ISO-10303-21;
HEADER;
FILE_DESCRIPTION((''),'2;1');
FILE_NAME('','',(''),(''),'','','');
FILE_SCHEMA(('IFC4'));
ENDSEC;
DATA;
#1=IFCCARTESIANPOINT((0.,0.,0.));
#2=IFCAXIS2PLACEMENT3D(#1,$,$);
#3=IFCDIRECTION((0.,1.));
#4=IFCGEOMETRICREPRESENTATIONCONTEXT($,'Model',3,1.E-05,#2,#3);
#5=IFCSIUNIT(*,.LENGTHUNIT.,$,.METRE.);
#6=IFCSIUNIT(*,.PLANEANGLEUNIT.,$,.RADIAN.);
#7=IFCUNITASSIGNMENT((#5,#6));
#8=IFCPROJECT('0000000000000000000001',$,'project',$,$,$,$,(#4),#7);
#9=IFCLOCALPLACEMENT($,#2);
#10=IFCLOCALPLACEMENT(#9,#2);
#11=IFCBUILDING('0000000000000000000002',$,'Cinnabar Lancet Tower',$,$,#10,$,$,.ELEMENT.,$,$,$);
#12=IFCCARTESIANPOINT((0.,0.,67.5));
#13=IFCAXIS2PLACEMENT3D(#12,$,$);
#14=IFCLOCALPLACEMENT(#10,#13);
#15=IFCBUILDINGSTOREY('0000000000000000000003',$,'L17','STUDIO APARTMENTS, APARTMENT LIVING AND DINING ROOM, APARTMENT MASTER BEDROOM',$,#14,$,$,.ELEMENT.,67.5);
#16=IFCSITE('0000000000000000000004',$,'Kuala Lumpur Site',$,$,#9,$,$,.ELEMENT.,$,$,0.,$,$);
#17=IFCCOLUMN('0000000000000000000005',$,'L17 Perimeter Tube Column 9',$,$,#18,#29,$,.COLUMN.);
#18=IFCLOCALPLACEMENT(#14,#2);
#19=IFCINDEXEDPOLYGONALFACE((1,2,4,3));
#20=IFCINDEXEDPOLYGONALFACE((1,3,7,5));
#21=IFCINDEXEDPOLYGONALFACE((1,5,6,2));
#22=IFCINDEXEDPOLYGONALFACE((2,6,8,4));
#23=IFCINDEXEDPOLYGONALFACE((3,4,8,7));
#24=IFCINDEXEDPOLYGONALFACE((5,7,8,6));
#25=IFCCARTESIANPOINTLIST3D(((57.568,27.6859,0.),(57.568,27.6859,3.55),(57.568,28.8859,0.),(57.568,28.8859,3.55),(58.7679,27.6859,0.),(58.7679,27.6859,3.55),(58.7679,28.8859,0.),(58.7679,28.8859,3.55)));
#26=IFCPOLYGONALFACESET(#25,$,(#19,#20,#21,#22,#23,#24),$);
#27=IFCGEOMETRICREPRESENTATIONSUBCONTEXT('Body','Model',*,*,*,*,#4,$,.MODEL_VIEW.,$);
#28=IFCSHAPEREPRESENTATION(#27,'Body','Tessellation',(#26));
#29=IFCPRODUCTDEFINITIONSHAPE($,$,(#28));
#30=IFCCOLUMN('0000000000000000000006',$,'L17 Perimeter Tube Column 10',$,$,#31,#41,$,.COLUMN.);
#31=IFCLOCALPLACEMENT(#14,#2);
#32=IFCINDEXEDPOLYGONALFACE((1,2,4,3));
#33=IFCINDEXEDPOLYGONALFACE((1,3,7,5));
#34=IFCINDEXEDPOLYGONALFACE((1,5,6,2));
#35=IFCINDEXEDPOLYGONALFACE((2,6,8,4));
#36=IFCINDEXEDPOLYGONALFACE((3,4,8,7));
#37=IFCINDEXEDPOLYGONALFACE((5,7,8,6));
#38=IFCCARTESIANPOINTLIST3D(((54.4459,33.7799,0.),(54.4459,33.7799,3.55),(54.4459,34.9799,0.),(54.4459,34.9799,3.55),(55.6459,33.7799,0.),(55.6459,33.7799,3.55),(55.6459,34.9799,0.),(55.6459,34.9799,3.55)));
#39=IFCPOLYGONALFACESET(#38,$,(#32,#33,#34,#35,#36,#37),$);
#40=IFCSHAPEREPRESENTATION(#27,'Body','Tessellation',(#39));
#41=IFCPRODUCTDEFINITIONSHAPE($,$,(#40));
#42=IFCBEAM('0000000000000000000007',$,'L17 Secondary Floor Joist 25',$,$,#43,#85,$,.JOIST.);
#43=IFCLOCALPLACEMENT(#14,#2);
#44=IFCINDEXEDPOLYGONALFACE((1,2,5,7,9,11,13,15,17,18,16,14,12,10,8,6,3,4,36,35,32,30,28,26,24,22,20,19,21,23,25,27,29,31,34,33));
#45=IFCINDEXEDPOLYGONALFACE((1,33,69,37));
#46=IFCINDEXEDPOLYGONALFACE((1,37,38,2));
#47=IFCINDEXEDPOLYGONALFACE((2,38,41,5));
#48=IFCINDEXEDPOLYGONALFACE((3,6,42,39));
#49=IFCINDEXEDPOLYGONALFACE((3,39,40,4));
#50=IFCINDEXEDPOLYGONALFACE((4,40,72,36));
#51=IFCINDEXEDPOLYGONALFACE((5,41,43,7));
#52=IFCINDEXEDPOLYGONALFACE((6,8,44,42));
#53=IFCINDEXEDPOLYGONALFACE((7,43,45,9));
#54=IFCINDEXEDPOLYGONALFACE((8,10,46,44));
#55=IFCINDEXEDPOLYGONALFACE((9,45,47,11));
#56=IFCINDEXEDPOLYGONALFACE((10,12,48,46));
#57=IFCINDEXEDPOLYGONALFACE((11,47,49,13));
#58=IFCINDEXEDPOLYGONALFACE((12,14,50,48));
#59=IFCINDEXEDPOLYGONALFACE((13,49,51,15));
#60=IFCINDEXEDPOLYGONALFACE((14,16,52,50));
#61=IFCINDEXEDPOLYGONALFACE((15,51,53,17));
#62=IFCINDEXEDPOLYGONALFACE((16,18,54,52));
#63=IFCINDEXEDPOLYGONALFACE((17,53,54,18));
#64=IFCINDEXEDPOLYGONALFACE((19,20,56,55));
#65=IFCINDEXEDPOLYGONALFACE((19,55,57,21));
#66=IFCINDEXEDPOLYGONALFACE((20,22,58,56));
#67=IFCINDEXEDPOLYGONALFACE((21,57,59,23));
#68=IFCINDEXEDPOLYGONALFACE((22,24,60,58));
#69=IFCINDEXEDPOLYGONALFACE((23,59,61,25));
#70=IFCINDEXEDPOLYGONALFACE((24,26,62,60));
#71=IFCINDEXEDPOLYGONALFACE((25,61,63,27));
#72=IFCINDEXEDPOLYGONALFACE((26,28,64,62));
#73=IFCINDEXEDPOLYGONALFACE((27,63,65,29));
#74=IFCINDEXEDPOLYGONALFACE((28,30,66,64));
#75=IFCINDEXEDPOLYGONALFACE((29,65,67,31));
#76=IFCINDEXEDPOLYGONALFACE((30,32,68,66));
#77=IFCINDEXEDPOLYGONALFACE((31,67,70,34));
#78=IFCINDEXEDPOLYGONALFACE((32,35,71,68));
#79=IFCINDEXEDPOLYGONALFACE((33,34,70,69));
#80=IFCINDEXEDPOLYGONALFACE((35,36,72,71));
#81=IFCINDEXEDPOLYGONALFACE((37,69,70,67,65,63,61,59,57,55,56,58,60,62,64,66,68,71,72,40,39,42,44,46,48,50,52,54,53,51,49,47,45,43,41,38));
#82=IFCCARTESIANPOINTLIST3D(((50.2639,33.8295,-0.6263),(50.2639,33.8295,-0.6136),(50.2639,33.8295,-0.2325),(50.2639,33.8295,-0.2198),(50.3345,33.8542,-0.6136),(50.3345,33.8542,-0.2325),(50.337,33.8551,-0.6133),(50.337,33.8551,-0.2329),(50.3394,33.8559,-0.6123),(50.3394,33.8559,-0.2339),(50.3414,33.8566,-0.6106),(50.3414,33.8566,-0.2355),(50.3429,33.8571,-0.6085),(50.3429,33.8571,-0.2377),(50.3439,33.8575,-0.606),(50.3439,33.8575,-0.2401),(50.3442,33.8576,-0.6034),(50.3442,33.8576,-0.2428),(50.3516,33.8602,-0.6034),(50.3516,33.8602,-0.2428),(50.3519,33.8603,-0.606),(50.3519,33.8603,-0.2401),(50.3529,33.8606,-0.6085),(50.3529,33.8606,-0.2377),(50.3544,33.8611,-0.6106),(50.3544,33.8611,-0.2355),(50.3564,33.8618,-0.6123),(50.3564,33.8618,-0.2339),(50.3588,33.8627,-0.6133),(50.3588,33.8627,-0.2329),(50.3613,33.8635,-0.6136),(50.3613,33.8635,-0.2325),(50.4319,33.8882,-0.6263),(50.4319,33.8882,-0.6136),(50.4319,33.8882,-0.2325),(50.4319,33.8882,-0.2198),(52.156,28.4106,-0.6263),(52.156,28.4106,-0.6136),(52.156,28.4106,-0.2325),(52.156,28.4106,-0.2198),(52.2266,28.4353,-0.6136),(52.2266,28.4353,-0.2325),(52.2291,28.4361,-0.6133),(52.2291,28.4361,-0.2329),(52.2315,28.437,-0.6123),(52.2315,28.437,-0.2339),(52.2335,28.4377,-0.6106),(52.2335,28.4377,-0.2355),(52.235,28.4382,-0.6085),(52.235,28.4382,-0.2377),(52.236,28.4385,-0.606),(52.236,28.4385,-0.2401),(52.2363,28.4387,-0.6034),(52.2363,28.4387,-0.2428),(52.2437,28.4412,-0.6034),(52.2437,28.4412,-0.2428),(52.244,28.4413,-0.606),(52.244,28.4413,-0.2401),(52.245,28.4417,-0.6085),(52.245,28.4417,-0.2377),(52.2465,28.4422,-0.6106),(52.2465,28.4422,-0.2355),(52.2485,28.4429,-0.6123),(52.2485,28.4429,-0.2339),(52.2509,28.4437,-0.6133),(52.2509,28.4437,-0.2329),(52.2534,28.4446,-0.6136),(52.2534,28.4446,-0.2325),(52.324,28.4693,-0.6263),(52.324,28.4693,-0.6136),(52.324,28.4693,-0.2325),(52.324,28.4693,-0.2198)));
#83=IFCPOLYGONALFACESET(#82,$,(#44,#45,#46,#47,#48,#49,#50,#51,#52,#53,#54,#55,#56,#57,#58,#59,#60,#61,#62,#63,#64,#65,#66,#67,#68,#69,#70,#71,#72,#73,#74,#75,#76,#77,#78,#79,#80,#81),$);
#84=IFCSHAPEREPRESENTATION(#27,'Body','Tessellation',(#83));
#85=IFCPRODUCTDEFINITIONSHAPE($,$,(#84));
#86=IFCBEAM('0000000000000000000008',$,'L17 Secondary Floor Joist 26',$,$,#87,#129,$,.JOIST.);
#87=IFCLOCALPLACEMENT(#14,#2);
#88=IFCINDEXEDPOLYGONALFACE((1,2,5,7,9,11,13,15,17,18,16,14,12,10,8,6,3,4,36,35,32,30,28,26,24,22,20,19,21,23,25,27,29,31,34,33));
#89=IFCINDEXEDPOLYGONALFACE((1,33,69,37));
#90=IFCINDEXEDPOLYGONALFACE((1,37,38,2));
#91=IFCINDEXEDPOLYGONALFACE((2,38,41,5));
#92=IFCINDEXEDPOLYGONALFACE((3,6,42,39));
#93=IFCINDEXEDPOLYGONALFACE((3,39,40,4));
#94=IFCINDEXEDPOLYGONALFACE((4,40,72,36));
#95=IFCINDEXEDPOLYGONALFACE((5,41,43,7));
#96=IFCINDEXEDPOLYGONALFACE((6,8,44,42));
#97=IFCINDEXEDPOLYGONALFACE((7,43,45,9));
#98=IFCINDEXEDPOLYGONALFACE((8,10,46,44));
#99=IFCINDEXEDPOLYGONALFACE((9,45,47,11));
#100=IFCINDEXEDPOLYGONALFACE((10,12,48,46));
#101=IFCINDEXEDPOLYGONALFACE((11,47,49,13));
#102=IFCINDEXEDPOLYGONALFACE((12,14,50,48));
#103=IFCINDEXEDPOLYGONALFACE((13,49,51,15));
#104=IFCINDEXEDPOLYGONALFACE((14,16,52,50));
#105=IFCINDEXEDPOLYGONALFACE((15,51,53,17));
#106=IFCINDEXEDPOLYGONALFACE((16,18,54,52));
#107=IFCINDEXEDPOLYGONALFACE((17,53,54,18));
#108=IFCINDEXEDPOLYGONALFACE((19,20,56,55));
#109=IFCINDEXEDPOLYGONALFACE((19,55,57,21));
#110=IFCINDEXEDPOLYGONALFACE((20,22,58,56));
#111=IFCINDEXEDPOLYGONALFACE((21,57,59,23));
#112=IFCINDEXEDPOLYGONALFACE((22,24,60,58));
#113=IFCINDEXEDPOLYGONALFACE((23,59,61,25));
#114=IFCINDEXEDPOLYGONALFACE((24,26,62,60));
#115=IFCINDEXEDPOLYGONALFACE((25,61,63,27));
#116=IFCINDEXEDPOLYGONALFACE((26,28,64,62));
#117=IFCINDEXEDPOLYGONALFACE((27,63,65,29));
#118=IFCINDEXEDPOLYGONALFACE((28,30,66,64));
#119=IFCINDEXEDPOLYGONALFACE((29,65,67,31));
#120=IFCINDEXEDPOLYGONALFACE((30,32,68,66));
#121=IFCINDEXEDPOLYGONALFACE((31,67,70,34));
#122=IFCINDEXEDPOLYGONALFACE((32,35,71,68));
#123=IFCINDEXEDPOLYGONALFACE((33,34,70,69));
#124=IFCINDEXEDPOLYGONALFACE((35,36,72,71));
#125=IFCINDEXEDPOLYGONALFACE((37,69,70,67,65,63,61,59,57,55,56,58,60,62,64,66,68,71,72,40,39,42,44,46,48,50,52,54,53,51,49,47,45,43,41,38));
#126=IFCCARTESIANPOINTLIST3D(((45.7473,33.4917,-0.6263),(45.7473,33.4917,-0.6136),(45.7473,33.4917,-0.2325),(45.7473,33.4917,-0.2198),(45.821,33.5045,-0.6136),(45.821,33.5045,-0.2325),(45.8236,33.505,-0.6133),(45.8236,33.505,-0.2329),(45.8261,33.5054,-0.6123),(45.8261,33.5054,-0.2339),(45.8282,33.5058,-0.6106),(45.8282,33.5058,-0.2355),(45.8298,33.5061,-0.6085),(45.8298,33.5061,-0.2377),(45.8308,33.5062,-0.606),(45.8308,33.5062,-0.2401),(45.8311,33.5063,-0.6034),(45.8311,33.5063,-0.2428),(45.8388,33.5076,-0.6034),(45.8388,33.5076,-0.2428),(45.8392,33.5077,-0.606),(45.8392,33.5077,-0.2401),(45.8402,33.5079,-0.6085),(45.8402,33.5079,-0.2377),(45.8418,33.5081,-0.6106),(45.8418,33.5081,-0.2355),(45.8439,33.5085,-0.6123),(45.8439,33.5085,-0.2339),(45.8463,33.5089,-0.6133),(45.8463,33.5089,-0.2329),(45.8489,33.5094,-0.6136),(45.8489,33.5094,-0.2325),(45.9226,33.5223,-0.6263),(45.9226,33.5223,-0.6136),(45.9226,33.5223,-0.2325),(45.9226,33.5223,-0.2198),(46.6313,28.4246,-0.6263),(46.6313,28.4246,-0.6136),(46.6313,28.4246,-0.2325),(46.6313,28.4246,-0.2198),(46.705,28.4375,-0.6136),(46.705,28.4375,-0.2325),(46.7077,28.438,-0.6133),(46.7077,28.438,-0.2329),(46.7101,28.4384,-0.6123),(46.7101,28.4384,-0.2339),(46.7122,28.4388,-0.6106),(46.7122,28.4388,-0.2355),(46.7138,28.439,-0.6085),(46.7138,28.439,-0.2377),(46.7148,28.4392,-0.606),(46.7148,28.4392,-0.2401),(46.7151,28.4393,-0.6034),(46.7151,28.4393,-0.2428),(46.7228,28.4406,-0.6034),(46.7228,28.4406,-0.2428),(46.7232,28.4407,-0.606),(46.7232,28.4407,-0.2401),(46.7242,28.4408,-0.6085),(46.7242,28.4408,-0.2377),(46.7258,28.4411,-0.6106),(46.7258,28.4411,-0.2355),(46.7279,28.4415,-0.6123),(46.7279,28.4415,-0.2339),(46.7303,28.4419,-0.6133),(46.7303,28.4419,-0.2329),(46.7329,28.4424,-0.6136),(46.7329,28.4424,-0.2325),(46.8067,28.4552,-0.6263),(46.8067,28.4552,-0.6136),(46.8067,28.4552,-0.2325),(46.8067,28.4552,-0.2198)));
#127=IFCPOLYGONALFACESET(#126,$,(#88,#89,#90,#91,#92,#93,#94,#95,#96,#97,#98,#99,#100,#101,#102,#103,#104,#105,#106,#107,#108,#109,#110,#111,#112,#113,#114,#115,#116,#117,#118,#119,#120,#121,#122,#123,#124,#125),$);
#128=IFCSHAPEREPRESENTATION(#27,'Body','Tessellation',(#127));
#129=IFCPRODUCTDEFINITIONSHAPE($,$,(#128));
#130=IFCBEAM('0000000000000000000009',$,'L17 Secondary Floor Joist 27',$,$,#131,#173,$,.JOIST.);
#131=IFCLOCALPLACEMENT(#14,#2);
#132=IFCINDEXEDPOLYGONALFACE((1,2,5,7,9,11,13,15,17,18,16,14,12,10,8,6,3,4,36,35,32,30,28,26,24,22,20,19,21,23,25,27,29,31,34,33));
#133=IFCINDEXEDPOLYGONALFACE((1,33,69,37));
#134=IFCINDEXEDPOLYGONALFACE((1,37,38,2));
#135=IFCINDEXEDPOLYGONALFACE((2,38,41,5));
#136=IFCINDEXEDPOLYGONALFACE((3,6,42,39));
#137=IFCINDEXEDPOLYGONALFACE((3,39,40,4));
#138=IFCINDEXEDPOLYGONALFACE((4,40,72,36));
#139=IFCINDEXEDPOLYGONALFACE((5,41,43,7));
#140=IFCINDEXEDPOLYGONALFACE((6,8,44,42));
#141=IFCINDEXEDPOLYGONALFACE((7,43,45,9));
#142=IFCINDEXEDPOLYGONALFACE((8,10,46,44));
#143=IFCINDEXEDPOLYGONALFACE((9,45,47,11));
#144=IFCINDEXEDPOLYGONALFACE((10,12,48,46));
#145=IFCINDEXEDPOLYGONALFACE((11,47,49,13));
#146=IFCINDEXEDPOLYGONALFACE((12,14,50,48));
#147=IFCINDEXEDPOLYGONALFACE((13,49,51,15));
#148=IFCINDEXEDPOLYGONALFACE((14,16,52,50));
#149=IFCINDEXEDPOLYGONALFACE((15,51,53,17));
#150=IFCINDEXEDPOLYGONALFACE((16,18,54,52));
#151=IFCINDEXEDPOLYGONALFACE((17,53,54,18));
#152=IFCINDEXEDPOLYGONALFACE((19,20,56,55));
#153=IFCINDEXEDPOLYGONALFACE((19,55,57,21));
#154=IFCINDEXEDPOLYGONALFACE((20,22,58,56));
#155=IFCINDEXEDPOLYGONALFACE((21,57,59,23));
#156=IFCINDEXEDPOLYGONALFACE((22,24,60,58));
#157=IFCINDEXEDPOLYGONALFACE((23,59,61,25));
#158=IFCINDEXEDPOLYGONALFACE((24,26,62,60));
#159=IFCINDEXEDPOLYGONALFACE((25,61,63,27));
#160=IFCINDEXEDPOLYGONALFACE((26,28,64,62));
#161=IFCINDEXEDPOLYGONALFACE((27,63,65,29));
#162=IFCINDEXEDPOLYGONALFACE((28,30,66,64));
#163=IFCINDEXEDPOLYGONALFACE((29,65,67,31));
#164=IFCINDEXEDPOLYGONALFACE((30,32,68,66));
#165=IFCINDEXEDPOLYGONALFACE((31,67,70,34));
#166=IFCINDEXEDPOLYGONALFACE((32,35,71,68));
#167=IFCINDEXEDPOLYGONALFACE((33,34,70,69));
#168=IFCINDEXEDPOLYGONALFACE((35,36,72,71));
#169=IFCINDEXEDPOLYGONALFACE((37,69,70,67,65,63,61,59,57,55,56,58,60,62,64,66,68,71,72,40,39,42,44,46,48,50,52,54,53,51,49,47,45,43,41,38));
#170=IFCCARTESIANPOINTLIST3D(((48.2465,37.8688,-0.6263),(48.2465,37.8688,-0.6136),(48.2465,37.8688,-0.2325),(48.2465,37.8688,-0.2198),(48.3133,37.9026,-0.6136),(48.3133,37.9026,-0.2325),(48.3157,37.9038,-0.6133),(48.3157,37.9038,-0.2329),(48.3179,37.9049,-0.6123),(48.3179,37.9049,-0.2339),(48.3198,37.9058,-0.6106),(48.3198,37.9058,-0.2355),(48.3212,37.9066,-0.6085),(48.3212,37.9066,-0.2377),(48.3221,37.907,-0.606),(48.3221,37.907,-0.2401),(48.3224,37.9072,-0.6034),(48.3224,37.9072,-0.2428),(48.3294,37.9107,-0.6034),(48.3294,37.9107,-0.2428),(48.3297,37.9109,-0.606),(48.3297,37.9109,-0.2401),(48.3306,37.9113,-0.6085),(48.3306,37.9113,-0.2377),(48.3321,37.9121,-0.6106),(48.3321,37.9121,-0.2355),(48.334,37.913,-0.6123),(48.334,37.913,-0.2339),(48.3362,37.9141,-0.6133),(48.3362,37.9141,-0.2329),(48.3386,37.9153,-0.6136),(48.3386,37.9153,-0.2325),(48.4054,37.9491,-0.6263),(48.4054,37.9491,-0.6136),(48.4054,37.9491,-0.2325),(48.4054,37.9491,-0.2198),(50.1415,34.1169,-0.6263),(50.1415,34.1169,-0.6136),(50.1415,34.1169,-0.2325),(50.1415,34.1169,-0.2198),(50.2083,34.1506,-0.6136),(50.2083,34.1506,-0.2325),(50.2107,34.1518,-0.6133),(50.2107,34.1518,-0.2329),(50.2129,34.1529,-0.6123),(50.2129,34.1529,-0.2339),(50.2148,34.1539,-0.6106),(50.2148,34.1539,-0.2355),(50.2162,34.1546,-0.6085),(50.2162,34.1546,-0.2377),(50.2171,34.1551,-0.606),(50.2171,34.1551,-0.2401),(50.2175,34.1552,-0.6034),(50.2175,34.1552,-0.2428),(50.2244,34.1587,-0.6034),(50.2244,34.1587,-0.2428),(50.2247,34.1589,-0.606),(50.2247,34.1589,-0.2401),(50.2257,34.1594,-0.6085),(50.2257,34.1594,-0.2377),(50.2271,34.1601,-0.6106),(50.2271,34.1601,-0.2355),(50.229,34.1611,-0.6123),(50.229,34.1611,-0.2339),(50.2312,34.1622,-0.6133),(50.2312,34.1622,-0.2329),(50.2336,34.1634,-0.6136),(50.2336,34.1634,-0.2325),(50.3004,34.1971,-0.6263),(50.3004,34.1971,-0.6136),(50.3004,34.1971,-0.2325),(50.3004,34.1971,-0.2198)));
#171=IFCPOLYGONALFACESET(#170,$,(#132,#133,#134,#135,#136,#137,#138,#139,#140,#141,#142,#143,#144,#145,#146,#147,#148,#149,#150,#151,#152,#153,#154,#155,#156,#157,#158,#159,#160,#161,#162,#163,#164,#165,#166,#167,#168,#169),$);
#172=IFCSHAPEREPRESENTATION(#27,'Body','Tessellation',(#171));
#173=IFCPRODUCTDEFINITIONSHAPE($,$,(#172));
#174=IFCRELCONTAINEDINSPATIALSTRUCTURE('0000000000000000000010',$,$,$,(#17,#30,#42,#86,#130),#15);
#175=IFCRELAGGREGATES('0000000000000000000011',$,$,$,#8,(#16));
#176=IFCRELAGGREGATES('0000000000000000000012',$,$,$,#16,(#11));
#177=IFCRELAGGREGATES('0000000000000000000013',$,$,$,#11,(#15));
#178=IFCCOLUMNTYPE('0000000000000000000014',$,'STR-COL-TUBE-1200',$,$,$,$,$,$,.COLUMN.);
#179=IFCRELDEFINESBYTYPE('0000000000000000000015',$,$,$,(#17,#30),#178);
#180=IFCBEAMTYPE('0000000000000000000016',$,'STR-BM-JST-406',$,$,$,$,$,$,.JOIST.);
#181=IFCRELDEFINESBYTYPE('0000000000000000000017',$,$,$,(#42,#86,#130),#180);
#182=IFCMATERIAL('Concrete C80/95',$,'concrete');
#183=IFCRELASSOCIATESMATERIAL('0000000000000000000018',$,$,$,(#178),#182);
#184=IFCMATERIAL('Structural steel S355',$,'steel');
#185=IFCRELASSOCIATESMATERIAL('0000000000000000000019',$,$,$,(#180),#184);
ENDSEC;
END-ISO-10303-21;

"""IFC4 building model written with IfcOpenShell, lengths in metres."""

from ifc_helpers import new_model, si_unit, direction, frame, origin, origin_2d, place, context, subcontext, project, spatial, rectangle, i_section, extrude, material, material_profile, profile_set, type_object, element, save


model = new_model("IFC4")

# Units and contexts
model_context = context("Model", 3, precision=1e-05, world=origin(), true_north=direction((0.0, 1.0)))
body_context = subcontext(model_context, "Body", "Model", "MODEL_VIEW")
ifc_project = project(units=[si_unit("LENGTHUNIT", "METRE"), si_unit("PLANEANGLEUNIT", "RADIAN")], contexts=[model_context])

# Site, building, storey
site_placement = place(None, origin())
site = spatial("IfcSite", under=ifc_project, at=site_placement, Name="Kuala Lumpur Site", CompositionType="ELEMENT", RefElevation=0.0)
building_placement = place(site_placement, origin())
building = spatial("IfcBuilding", under=site, at=building_placement, Name="Cinnabar Lancet Tower", CompositionType="ELEMENT")
storey_placement = place(building_placement, frame((0.0, 0.0, 67.5)))
storey = spatial("IfcBuildingStorey", under=building, at=storey_placement, Name="L17", Description="STUDIO APARTMENTS, APARTMENT LIVING AND DINING ROOM, APARTMENT MASTER BEDROOM", CompositionType="ELEMENT", Elevation=67.5)

# Columns
ifc_material_1 = material(Name="Concrete C80/95", Category="concrete")
ifc_material_profile_1 = material_profile(ifc_material_1, rectangle(XDim=1.2, YDim=1.2, at=origin_2d()), Name="RC-COL 1200x1200")
ifc_profile_set_1 = profile_set([ifc_material_profile_1], Name="Concrete C80/95")
column_type = type_object("IfcColumnType", Name="STR-COL-TUBE-1200", PredefinedType="COLUMN", material=ifc_profile_set_1)
for number, where, z_axis, x_axis, name in (
    (1, (58.168, 28.2859, 0.0), (0.0, 0.0, 1.0), (1.0, 0.0, 0.0), "L17 Perimeter Tube Column 9"),
    (2, (55.0459, 34.3799, 0.0), (0.0, 0.0, 1.0), (1.0, 0.0, 0.0), "L17 Perimeter Tube Column 10"),
):
    element("IfcColumn", number, at=place(storey_placement, frame(where, z_axis=z_axis, x_axis=x_axis)), inside=storey, type_object=column_type, Name=name, PredefinedType="COLUMN", context=body_context, shape_type="SweptSolid", body=[
        extrude(rectangle(XDim=1.2, YDim=1.2, at=origin_2d()), origin(), (0.0, 0.0, 1.0), 3.55),
    ])

# Beams
ifc_material_2 = material(Name="Structural steel S355", Category="steel")
ifc_material_profile_2 = material_profile(ifc_material_2, i_section(OverallWidth=0.178, OverallDepth=0.4065, WebThickness=0.0078, FlangeThickness=0.0127, FilletRadius=0.0103, at=origin_2d()), Name="UKB 406x178x60")
ifc_profile_set_2 = profile_set([ifc_material_profile_2], Name="Structural steel S355")
beam_type_1 = type_object("IfcBeamType", Name="STR-BM-JST-406", PredefinedType="JOIST", material=ifc_profile_set_2)
beam_1_placement = place(storey_placement, frame((52.24, 28.4399, -0.4231), z_axis=(-0.329646, 0.944105, 0.0), x_axis=(-0.944105, -0.329646, 0.0)))
element("IfcBeam", 3, at=beam_1_placement, inside=storey, type_object=beam_type_1, Name="L17 Secondary Floor Joist 25", PredefinedType="JOIST", context=body_context, shape_type="SweptSolid", body=[
    extrude(i_section(OverallWidth=0.178, OverallDepth=0.4065, WebThickness=0.0078, FlangeThickness=0.0127, FilletRadius=0.0103, at=origin_2d()), origin(), (0.0, 0.0, 1.0), 5.7397),
])
beam_2_placement = place(storey_placement, frame((46.719, 28.4399, -0.4231), z_axis=(-0.171868, 0.98512, 0.0), x_axis=(-0.98512, -0.171868, 0.0)))
element("IfcBeam", 4, at=beam_2_placement, inside=storey, type_object=beam_type_1, Name="L17 Secondary Floor Joist 26", PredefinedType="JOIST", context=body_context, shape_type="SweptSolid", body=[
    extrude(i_section(OverallWidth=0.178, OverallDepth=0.4065, WebThickness=0.0078, FlangeThickness=0.0127, FilletRadius=0.0103, at=origin_2d()), origin(), (0.0, 0.0, 1.0), 5.1436),
])
beam_3_placement = place(storey_placement, frame((50.2209, 34.157, -0.4231), z_axis=(-0.450834, 0.892608, 0.0), x_axis=(-0.892608, -0.450834, 0.0)))
element("IfcBeam", 5, at=beam_3_placement, inside=storey, type_object=beam_type_1, Name="L17 Secondary Floor Joist 27", PredefinedType="JOIST", context=body_context, shape_type="SweptSolid", body=[
    extrude(i_section(OverallWidth=0.178, OverallDepth=0.4065, WebThickness=0.0078, FlangeThickness=0.0127, FilletRadius=0.0103, at=origin_2d()), origin(), (0.0, 0.0, 1.0), 4.2034),
])

save(model, "model.ifc")
